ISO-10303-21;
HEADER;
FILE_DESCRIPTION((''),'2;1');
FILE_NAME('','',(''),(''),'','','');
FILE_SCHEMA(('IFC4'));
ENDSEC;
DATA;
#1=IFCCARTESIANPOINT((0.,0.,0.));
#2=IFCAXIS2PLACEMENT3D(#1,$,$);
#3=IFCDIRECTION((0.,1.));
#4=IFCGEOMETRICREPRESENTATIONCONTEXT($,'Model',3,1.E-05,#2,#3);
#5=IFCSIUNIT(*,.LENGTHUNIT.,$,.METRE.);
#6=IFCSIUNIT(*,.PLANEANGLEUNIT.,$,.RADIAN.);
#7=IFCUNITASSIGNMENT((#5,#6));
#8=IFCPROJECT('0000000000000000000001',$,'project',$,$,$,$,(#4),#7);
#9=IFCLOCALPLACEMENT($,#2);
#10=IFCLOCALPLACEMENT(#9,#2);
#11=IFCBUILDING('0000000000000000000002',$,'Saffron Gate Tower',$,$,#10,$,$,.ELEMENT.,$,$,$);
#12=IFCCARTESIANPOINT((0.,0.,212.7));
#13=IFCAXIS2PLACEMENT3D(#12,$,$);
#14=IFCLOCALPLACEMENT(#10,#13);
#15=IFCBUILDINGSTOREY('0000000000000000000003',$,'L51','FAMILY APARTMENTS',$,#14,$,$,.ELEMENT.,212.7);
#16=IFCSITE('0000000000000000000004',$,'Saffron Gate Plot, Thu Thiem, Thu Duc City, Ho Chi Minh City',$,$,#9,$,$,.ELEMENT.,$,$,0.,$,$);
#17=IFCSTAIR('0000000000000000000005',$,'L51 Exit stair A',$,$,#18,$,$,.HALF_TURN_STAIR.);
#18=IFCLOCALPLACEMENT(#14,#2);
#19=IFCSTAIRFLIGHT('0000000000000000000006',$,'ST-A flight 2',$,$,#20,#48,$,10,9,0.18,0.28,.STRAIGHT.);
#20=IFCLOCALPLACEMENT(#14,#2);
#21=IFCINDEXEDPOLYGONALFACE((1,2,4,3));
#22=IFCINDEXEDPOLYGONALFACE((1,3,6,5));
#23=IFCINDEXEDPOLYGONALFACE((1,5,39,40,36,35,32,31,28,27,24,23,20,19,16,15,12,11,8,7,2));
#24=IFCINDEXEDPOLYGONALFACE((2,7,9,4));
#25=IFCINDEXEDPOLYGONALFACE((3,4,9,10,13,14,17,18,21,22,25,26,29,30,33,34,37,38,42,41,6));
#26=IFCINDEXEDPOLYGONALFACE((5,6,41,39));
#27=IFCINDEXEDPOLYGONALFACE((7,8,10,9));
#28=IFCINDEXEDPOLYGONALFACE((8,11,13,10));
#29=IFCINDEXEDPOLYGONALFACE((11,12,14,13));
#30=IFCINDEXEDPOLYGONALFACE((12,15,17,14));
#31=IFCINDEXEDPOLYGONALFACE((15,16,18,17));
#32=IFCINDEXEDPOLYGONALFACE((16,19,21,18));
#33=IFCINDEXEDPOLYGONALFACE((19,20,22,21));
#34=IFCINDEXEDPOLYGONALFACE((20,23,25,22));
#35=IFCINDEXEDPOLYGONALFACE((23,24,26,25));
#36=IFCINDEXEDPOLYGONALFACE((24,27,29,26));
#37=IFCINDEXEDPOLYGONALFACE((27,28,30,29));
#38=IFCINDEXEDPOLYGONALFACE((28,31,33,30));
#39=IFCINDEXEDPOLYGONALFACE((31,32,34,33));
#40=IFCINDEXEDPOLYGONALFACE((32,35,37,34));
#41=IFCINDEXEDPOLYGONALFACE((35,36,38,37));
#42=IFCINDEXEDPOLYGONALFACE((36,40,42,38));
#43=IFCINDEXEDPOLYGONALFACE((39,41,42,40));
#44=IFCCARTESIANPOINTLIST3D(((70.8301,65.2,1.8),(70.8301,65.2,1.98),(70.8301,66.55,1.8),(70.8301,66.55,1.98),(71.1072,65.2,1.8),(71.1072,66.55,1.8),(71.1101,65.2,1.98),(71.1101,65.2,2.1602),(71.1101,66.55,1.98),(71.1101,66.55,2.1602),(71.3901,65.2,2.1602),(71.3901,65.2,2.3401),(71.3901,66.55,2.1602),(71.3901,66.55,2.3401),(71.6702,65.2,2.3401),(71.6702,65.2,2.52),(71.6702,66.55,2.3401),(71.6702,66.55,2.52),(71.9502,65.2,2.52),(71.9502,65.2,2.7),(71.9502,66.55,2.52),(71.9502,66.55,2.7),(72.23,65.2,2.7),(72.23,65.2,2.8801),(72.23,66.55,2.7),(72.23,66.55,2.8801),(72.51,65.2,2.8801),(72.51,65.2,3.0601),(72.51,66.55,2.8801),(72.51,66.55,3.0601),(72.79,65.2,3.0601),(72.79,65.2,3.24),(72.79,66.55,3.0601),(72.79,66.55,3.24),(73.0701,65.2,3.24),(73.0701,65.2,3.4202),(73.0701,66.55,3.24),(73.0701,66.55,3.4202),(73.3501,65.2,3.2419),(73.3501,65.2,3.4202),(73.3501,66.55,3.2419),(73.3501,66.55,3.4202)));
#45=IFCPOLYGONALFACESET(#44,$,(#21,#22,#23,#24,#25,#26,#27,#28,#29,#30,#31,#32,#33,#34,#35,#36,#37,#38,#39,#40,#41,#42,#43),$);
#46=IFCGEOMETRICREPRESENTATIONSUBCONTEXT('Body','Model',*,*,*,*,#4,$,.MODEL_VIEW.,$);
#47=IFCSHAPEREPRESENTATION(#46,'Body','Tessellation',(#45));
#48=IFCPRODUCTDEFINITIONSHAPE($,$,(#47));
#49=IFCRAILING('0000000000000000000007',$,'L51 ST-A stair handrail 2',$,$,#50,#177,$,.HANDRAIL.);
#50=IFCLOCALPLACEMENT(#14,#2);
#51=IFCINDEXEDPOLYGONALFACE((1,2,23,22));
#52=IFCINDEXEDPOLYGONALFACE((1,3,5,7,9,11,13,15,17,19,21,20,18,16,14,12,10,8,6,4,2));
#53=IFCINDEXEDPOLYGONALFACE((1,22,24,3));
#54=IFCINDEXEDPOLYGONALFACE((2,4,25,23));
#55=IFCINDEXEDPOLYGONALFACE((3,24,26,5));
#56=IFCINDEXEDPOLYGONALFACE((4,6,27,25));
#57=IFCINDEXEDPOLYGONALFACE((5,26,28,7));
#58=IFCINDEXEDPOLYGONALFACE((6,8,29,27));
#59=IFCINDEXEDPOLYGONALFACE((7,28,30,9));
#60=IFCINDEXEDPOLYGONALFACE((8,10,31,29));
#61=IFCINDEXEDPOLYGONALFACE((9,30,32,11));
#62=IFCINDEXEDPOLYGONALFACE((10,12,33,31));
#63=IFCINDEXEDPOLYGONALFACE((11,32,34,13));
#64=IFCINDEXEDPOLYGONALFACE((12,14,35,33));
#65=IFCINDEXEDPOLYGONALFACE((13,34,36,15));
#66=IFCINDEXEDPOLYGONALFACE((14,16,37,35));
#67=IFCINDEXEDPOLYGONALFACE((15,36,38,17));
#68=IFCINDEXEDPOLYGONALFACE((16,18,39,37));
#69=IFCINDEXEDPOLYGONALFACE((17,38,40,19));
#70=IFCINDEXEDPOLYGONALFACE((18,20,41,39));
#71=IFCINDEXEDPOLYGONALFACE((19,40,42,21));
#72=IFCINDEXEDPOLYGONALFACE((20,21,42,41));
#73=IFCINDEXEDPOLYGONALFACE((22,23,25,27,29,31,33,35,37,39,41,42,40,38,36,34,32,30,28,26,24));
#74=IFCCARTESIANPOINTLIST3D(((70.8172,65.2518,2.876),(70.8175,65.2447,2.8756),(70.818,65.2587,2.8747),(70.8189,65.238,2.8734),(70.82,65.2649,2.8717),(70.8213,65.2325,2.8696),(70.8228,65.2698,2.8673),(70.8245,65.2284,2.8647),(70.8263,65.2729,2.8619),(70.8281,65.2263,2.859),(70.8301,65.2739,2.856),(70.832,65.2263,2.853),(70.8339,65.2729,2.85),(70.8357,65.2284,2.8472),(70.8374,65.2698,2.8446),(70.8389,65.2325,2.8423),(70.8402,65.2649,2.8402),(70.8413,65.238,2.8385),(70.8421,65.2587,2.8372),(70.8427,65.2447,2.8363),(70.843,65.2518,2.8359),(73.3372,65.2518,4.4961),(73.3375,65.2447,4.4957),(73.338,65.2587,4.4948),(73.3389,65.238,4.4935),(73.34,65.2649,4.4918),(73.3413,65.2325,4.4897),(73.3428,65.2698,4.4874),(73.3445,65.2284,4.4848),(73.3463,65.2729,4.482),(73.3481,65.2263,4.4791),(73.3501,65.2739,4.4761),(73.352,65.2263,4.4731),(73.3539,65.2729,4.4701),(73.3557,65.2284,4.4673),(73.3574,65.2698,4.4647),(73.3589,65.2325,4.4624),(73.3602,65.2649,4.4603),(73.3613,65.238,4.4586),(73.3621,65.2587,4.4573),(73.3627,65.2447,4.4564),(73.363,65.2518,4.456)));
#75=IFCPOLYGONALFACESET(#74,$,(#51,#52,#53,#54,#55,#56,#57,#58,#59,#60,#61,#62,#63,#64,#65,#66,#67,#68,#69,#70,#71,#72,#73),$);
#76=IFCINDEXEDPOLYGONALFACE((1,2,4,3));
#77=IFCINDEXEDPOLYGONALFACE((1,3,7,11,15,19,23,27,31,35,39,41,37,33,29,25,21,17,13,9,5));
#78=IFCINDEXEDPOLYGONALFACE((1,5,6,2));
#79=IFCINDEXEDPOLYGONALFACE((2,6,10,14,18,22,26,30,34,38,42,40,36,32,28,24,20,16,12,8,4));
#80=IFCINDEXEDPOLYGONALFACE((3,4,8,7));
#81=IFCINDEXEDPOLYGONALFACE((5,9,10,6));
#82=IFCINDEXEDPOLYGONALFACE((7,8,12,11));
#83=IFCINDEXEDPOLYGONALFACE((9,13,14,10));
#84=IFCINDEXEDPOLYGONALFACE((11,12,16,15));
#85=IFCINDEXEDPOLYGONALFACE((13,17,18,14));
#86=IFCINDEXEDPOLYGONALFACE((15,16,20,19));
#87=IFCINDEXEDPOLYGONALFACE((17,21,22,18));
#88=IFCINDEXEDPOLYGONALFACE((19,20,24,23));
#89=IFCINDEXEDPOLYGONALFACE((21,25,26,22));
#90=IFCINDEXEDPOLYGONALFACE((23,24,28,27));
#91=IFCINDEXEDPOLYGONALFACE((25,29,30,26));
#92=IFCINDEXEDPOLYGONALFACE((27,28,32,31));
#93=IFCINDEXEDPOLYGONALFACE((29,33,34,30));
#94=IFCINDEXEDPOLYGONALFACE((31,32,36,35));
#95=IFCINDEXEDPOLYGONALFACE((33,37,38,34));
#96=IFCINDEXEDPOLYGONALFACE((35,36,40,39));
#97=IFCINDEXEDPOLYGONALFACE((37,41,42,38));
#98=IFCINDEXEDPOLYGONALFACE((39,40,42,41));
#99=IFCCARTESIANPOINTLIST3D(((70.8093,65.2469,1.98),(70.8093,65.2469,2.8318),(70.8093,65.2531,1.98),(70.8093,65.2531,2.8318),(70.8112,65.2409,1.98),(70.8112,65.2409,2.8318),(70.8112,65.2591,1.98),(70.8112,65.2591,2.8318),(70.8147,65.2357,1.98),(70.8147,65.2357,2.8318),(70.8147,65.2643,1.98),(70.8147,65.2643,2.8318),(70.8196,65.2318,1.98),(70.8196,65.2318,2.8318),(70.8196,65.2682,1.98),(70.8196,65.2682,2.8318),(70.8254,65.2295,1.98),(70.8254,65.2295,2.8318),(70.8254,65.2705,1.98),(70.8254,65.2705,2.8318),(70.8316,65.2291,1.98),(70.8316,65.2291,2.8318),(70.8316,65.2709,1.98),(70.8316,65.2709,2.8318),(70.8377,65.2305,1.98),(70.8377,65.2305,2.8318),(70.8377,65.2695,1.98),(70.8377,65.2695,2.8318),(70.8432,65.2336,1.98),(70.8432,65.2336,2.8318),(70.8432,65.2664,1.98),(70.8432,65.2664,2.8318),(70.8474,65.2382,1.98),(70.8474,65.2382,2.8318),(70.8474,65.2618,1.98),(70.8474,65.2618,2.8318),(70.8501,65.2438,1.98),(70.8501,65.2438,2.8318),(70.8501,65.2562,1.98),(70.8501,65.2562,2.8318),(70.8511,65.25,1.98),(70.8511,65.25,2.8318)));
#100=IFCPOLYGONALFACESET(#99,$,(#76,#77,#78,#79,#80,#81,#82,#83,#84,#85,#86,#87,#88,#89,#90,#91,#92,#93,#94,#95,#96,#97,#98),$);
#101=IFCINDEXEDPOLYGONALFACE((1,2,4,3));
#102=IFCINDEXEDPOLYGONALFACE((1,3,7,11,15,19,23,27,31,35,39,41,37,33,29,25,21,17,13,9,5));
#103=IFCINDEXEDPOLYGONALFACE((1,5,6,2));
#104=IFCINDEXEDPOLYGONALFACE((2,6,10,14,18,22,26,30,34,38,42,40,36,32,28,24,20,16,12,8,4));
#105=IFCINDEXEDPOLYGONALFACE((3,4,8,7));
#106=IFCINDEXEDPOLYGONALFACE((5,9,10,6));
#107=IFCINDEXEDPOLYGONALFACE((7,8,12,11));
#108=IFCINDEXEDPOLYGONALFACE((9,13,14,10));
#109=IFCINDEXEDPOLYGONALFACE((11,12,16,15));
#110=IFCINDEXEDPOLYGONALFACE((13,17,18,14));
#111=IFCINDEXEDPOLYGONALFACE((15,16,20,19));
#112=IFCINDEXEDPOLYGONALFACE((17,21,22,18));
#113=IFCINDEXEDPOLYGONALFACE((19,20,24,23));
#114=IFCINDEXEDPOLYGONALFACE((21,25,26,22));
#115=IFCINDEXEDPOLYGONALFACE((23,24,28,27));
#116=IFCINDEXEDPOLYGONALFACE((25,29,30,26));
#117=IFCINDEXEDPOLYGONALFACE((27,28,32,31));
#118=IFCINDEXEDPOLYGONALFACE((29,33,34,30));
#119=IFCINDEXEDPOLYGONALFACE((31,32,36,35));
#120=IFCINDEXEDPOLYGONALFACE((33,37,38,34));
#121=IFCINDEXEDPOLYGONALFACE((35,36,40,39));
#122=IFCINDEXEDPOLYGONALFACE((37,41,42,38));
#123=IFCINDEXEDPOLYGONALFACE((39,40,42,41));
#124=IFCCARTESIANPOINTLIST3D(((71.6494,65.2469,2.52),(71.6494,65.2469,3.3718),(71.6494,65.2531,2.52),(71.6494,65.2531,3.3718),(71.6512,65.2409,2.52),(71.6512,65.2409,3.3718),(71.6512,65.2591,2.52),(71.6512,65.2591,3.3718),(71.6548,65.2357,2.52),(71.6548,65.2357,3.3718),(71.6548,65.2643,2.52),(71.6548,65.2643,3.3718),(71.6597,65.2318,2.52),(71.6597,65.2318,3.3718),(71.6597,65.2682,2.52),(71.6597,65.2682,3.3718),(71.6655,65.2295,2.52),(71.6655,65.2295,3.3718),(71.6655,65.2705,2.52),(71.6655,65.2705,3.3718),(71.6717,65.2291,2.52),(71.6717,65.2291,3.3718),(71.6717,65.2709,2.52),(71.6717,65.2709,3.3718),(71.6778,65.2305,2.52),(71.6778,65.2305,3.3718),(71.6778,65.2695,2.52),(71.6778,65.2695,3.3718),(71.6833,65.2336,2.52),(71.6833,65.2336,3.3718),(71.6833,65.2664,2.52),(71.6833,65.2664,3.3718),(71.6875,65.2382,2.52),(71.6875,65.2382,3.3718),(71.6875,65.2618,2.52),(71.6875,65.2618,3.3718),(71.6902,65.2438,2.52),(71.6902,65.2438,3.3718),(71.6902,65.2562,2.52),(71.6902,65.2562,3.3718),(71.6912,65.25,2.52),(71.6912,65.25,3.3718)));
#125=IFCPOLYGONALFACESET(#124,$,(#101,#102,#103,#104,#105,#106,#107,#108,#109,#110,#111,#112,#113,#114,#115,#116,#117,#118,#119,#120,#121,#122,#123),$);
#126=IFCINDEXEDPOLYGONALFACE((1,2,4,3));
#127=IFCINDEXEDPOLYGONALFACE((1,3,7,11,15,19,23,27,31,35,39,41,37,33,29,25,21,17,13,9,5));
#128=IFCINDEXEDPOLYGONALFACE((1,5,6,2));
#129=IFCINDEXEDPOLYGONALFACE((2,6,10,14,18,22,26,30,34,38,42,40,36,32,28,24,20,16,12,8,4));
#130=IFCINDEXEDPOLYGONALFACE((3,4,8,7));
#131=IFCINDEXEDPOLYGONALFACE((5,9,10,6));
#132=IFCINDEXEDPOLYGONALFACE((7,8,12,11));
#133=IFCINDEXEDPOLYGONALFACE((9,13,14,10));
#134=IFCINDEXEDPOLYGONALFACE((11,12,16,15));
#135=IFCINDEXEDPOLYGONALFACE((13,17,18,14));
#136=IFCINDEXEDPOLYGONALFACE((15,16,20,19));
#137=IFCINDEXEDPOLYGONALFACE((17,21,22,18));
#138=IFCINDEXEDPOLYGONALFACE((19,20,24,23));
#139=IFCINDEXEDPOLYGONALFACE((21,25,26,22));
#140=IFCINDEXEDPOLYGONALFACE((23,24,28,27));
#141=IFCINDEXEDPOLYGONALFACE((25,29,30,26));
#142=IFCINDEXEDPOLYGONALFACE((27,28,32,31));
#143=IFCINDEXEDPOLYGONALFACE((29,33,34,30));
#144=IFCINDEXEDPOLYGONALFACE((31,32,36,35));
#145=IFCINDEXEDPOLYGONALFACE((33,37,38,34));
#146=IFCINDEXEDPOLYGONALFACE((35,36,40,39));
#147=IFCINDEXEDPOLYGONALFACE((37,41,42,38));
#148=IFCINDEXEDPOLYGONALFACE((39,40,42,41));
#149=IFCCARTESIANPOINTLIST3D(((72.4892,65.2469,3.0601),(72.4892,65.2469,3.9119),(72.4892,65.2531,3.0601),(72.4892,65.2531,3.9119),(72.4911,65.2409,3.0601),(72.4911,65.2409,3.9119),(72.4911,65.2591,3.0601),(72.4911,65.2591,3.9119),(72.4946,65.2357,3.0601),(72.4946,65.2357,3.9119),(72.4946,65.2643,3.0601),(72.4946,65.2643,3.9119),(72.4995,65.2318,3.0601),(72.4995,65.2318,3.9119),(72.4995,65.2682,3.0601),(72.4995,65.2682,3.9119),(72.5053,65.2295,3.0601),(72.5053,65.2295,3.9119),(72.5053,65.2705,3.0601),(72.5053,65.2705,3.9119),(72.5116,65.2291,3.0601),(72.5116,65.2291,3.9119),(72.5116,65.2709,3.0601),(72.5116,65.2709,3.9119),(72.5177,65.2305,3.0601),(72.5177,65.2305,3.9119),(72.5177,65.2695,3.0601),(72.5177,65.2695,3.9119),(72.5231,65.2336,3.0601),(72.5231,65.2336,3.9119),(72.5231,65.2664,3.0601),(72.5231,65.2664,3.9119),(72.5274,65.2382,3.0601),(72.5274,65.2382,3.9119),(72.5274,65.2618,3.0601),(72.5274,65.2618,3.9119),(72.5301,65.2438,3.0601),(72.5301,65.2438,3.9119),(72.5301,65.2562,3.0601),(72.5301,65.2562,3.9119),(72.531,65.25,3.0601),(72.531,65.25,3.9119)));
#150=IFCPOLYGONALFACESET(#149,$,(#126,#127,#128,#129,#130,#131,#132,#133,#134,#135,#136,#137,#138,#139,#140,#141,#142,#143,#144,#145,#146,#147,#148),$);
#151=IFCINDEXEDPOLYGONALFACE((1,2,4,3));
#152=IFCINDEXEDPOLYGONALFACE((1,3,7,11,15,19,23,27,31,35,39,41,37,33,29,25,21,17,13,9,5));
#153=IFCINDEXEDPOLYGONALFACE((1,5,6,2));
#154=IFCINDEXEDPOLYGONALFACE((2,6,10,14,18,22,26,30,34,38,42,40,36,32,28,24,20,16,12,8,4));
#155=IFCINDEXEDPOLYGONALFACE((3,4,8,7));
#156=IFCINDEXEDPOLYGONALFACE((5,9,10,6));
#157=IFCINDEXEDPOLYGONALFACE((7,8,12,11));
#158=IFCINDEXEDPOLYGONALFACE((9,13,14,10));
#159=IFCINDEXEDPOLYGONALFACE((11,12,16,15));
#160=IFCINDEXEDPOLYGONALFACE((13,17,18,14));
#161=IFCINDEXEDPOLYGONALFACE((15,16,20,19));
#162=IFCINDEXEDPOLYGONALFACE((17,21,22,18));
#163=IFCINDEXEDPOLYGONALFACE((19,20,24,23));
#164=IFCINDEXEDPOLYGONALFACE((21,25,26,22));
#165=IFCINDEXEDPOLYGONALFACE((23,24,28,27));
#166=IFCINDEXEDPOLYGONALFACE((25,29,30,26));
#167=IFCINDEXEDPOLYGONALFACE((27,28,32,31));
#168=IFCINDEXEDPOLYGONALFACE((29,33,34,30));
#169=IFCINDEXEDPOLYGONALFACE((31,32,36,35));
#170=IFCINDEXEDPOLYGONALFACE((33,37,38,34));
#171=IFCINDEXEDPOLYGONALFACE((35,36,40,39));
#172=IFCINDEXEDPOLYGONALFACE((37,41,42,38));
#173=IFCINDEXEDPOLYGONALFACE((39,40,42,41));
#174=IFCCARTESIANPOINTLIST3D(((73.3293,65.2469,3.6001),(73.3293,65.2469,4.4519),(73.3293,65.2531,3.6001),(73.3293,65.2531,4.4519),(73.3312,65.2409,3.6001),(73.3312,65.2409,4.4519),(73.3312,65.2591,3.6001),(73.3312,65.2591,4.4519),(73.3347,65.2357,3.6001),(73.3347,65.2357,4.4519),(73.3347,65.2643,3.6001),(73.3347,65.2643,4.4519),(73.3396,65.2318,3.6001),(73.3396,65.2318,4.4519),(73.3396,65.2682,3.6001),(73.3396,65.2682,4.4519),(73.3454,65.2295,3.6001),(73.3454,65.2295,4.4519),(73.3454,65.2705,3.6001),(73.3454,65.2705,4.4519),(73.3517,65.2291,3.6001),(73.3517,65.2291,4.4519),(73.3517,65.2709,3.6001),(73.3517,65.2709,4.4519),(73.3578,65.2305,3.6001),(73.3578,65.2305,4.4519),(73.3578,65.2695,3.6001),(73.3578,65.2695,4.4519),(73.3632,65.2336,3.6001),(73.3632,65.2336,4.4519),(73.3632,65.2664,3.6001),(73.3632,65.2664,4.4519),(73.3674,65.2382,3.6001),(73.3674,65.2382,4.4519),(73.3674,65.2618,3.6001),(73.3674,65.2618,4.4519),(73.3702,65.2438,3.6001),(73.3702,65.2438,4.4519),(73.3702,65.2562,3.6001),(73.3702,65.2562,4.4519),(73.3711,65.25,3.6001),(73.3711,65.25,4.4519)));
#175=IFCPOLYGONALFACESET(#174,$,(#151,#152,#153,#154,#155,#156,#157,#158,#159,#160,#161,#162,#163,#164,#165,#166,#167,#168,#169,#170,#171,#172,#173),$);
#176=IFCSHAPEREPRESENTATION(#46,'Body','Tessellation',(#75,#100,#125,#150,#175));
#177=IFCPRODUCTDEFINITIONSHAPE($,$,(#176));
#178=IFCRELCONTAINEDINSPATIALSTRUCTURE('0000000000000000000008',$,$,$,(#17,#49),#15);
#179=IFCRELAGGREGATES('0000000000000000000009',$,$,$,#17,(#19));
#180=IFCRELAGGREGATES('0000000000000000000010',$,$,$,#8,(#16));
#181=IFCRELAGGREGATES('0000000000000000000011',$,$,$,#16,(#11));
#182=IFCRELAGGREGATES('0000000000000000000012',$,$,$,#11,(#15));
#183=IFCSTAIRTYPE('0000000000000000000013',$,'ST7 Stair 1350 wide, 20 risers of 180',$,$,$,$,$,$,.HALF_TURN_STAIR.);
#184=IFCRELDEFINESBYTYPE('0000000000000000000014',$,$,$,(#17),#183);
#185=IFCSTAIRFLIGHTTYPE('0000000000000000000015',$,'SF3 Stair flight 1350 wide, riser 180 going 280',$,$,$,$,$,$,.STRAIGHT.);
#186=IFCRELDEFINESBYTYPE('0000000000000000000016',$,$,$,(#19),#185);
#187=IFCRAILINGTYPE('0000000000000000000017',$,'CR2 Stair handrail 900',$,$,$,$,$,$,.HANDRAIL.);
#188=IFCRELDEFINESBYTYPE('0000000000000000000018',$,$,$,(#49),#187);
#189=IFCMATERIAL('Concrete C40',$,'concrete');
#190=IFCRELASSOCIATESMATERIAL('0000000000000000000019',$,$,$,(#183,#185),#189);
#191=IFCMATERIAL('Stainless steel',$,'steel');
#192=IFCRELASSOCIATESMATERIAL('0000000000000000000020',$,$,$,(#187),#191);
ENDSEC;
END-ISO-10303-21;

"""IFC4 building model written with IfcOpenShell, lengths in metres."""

from ifc_helpers import new_model, si_unit, direction, frame, origin, origin_2d, place, context, subcontext, project, spatial, polyline, circle, outline, extrude, material, type_object, element, aggregate, save


model = new_model("IFC4")

# Units and contexts
model_context = context("Model", 3, precision=1e-05, world=origin(), true_north=direction((0.0, 1.0)))
body_context = subcontext(model_context, "Body", "Model", "MODEL_VIEW")
ifc_project = project(units=[si_unit("LENGTHUNIT", "METRE"), si_unit("PLANEANGLEUNIT", "RADIAN")], contexts=[model_context])

# Site, building, storey
site_placement = place(None, origin())
site = spatial("IfcSite", under=ifc_project, at=site_placement, Name="Saffron Gate Plot, Thu Thiem, Thu Duc City, Ho Chi Minh City", CompositionType="ELEMENT", RefElevation=0.0)
building_placement = place(site_placement, origin())
building = spatial("IfcBuilding", under=site, at=building_placement, Name="Saffron Gate Tower", CompositionType="ELEMENT")
storey_placement = place(building_placement, frame((0.0, 0.0, 212.7)))
storey = spatial("IfcBuildingStorey", under=building, at=storey_placement, Name="L51", Description="FAMILY APARTMENTS", CompositionType="ELEMENT", Elevation=212.7)

# Stair, stair flight
ifc_material_1 = material(Name="Concrete C40", Category="concrete")
stair_type = type_object("IfcStairType", Name="ST7 Stair 1350 wide, 20 risers of 180", PredefinedType="HALF_TURN_STAIR", material=ifc_material_1)
stair_placement = place(storey_placement, origin())
stair = element("IfcStair", 1, at=stair_placement, inside=storey, type_object=stair_type, Name="L51 Exit stair A", PredefinedType="HALF_TURN_STAIR")
stair_flight_type = type_object("IfcStairFlightType", Name="SF3 Stair flight 1350 wide, riser 180 going 280", PredefinedType="STRAIGHT", material=ifc_material_1)
stair_flight_placement = place(storey_placement, frame((70.8301, 65.875, 1.8), z_axis=(0.0, 0.0, 1.0), x_axis=(1.0, 0.0, 0.0)))
stair_flight = element("IfcStairFlight", 2, at=stair_flight_placement, type_object=stair_flight_type, Name="ST-A flight 2", NumberOfRisers=10, NumberOfTreads=9, PredefinedType="STRAIGHT", RiserHeight=0.18, TreadLength=0.28, context=body_context, shape_type="SweptSolid", body=[
    extrude(outline(polyline([(0.0, 0.0), (0.0, 0.1799), (0.28, 0.1799), (0.28, 0.3601), (0.5601, 0.3601), (0.5601, 0.54), (0.8401, 0.54), (0.8401, 0.72), (1.1201, 0.72), (1.1201, 0.8999), (1.3999, 0.8999), (1.3999, 1.0801), (1.6799, 1.0801), (1.6799, 1.26), (1.96, 1.26), (1.96, 1.4399), (2.24, 1.4399), (2.24, 1.6201), (2.52, 1.6201), (2.52, 1.8), (2.52, 1.4419), (0.2771, 0.0), (0.0, 0.0)])), frame((0.0, 0.675, 0.0), z_axis=(0.0, -1.0, 0.0), x_axis=(1.0, 0.0, 0.0)), (0.0, 0.0, 1.0), 1.3501),
])
aggregate(stair, [stair_flight])

# Railing
ifc_material_2 = material(Name="Stainless steel", Category="steel")
railing_type = type_object("IfcRailingType", Name="CR2 Stair handrail 900", PredefinedType="HANDRAIL", material=ifc_material_2)
railing_placement = place(storey_placement, frame((70.8301, 65.25, 1.98)))
element("IfcRailing", 3, at=railing_placement, inside=storey, type_object=railing_type, Name="L51 ST-A stair handrail 2", PredefinedType="HANDRAIL", context=body_context, shape_type="SweptSolid", body=[
    extrude(circle(Radius=0.0239, at=origin_2d()), frame((0.0, 0.0, 0.876), z_axis=(0.841163, 0.0, 0.540782), x_axis=(0.0, 1.0, 0.0)), (0.0, 0.0, 1.0), 2.9958),
    extrude(circle(Radius=0.021, at=origin_2d()), origin(), (0.0, 0.0, 1.0), 0.8518),
    extrude(circle(Radius=0.021, at=origin_2d()), frame((0.8401, 0.0, 0.54)), (0.0, 0.0, 1.0), 0.8518),
    extrude(circle(Radius=0.021, at=origin_2d()), frame((1.6799, 0.0, 1.0801)), (0.0, 0.0, 1.0), 0.8518),
    extrude(circle(Radius=0.021, at=origin_2d()), frame((2.52, 0.0, 1.6201)), (0.0, 0.0, 1.0), 0.8518),
])

save(model, "model.ifc")
